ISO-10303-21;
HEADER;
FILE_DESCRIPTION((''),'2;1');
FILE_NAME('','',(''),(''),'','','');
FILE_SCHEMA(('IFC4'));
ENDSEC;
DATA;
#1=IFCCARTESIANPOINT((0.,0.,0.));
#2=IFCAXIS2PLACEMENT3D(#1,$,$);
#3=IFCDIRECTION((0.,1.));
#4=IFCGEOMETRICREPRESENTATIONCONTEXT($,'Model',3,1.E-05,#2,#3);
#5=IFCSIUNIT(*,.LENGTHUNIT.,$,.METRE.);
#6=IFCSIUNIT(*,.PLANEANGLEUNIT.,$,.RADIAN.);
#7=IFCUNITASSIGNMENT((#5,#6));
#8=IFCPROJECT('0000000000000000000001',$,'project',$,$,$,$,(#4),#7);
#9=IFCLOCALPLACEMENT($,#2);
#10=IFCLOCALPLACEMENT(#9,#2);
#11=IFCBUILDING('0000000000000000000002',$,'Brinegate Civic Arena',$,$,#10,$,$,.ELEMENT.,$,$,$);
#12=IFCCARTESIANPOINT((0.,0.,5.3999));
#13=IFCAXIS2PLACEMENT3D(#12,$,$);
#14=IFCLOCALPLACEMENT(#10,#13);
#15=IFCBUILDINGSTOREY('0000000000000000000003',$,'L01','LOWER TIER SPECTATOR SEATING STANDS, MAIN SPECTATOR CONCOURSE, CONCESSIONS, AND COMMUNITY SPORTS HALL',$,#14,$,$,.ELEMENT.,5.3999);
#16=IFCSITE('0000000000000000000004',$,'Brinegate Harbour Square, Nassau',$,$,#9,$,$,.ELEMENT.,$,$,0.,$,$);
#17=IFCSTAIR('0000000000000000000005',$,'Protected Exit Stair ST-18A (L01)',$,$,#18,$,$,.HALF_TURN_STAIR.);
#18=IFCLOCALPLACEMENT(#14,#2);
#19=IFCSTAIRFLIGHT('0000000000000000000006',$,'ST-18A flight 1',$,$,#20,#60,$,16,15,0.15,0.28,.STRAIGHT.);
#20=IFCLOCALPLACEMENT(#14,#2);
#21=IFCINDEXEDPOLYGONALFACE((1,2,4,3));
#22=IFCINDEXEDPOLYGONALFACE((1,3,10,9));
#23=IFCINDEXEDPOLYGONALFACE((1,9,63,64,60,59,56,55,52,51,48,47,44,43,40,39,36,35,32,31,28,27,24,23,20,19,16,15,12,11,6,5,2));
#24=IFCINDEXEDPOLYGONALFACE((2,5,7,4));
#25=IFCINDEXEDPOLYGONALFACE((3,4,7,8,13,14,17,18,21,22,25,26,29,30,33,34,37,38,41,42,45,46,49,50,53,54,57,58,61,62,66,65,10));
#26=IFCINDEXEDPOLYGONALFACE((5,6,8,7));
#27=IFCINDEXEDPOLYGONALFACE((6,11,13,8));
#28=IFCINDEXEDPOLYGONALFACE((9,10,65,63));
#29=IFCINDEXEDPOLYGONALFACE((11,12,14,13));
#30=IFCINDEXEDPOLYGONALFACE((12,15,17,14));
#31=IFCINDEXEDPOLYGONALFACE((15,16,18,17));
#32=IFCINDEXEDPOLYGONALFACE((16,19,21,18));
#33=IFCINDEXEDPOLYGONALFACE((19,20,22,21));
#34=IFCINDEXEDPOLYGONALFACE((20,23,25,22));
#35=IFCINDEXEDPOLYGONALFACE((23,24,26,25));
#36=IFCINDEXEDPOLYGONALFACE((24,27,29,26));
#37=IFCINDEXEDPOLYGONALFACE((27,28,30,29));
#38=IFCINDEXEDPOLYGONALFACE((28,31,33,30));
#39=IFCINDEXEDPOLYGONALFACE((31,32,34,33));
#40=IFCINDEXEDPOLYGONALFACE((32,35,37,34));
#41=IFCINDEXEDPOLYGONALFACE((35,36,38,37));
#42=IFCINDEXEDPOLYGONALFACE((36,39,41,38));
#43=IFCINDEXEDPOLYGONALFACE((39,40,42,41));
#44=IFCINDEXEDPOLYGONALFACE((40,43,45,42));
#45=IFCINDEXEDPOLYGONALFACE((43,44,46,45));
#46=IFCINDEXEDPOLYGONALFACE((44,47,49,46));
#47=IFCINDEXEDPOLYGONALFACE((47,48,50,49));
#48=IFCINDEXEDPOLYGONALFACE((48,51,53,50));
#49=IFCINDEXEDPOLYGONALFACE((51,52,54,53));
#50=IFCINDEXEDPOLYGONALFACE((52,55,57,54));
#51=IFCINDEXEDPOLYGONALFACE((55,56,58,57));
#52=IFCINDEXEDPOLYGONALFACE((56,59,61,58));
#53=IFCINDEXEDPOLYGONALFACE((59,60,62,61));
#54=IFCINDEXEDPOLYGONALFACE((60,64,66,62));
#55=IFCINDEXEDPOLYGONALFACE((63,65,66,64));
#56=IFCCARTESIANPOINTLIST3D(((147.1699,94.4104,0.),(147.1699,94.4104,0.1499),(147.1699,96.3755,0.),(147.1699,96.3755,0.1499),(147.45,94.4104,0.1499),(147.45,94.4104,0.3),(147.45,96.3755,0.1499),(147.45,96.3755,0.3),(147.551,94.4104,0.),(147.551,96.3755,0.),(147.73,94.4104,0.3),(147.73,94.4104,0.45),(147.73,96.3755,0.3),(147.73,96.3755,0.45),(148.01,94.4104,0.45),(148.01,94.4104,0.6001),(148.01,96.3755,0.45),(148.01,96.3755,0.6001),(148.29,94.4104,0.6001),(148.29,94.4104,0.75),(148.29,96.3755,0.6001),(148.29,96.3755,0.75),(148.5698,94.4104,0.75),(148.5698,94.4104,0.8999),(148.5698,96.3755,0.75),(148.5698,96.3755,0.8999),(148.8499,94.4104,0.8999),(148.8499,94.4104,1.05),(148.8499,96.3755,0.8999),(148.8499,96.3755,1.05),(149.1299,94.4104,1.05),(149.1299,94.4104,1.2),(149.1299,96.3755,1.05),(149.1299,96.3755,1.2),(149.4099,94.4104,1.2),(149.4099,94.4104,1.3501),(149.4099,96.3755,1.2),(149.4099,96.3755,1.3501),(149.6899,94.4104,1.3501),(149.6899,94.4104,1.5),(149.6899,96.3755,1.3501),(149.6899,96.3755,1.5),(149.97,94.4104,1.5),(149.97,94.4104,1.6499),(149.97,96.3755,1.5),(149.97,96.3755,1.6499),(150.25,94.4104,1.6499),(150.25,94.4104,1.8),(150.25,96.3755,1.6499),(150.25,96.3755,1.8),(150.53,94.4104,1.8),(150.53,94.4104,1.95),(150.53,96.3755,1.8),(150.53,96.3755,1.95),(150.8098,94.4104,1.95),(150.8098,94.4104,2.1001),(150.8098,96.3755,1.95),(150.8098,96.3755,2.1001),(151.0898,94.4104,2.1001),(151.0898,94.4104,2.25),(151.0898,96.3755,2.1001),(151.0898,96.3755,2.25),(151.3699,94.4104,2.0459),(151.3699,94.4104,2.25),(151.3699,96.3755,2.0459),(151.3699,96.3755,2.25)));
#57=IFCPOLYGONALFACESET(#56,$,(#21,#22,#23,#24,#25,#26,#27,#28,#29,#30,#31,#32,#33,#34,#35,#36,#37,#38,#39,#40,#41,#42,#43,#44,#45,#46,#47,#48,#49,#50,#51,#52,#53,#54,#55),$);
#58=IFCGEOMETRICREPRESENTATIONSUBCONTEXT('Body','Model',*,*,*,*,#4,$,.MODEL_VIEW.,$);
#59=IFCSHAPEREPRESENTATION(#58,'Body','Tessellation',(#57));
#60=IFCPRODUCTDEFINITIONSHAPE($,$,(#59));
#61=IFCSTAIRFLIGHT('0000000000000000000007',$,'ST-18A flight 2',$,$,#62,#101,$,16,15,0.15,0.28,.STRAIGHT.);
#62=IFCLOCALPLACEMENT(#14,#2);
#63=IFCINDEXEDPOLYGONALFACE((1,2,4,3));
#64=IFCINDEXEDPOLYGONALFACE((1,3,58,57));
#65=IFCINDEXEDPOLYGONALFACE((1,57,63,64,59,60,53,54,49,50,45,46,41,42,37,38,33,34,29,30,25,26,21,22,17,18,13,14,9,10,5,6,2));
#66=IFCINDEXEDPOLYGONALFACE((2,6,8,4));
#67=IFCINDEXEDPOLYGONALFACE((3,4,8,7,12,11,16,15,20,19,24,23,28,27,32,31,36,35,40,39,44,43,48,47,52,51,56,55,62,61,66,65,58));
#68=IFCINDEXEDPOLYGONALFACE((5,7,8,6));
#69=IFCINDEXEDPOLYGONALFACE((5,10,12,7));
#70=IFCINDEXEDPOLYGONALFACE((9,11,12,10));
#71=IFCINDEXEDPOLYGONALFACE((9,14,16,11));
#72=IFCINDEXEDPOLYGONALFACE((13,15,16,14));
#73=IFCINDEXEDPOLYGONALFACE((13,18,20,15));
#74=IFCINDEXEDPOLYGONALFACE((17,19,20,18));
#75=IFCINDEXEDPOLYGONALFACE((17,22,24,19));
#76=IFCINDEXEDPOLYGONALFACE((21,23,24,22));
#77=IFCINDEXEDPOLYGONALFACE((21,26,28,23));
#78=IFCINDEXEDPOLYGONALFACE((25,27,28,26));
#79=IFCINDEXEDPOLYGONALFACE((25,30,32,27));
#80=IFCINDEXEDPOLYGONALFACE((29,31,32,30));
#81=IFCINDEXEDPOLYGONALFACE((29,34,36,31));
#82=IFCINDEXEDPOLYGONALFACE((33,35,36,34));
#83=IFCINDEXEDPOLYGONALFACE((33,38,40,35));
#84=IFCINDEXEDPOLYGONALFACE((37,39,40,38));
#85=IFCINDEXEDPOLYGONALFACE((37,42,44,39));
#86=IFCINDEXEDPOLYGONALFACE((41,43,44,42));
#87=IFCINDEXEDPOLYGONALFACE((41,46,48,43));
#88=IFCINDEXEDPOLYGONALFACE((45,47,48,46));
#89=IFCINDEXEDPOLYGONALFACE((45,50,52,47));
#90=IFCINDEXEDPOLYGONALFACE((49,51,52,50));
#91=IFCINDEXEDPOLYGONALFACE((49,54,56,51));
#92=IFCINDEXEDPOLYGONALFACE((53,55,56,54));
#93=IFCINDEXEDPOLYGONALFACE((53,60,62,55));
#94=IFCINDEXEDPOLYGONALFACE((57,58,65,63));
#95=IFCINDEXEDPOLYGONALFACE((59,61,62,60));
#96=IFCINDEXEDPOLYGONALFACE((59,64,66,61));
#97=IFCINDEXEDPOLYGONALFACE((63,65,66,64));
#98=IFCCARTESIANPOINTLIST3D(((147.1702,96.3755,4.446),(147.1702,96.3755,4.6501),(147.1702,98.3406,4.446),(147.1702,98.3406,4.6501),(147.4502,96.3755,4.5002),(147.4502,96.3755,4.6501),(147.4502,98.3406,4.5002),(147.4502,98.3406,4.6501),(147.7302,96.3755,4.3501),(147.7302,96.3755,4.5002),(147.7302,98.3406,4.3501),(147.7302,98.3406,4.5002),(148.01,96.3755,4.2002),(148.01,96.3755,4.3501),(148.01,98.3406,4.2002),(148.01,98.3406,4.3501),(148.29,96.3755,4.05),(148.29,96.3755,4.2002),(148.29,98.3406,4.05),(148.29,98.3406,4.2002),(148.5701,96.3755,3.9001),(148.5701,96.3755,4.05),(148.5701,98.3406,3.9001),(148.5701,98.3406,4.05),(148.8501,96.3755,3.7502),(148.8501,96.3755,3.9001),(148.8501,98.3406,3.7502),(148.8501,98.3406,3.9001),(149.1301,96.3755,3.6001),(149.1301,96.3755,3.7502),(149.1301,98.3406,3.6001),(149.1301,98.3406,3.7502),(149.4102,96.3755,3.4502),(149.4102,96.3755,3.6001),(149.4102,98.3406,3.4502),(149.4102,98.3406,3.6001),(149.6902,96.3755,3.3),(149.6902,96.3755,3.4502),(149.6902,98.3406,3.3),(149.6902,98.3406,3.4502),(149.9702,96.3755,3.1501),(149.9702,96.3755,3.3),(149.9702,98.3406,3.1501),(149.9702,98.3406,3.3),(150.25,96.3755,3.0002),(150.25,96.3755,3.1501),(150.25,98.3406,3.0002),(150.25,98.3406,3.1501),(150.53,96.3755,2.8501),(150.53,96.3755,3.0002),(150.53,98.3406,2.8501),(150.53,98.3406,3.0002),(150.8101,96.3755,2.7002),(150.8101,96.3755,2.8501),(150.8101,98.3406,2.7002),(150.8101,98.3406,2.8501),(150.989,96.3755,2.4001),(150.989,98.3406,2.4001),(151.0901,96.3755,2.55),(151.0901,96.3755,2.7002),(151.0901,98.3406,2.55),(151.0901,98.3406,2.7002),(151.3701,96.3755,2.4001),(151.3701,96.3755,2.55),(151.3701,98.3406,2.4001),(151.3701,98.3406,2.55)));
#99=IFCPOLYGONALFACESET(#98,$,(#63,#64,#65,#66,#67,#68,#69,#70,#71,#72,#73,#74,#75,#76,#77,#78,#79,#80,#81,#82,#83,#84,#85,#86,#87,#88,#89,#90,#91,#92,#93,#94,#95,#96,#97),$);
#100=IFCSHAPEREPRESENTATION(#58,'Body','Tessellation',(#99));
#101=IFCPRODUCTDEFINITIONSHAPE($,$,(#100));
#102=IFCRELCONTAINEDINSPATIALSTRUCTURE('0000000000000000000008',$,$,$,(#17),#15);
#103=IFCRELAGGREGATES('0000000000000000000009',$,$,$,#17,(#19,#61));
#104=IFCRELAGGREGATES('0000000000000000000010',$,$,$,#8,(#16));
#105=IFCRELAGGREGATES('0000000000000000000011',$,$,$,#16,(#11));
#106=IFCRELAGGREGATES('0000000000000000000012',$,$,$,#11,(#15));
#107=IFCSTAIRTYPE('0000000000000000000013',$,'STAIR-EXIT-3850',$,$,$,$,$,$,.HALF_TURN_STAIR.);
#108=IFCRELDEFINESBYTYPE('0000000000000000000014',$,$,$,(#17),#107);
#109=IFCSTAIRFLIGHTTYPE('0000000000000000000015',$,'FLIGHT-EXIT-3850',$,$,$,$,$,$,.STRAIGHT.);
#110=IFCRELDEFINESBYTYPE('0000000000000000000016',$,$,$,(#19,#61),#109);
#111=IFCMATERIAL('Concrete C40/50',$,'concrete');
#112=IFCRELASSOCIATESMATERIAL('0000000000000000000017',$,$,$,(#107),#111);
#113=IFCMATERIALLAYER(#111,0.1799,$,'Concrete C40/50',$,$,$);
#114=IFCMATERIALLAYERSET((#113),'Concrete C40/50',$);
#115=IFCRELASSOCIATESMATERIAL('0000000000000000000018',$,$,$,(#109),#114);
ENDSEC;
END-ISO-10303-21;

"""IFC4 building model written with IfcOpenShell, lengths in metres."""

from ifc_helpers import new_model, si_unit, direction, frame, origin, place, context, subcontext, project, spatial, polyline, outline, extrude, material, layer, layer_set, type_object, element, aggregate, save


model = new_model("IFC4")

# Units and contexts
model_context = context("Model", 3, precision=1e-05, world=origin(), true_north=direction((0.0, 1.0)))
body_context = subcontext(model_context, "Body", "Model", "MODEL_VIEW")
ifc_project = project(units=[si_unit("LENGTHUNIT", "METRE"), si_unit("PLANEANGLEUNIT", "RADIAN")], contexts=[model_context])

# Site, building, storey
site_placement = place(None, origin())
site = spatial("IfcSite", under=ifc_project, at=site_placement, Name="Brinegate Harbour Square, Nassau", CompositionType="ELEMENT", RefElevation=0.0)
building_placement = place(site_placement, origin())
building = spatial("IfcBuilding", under=site, at=building_placement, Name="Brinegate Civic Arena", CompositionType="ELEMENT")
storey_placement = place(building_placement, frame((0.0, 0.0, 5.3999)))
storey = spatial("IfcBuildingStorey", under=building, at=storey_placement, Name="L01", Description="LOWER TIER SPECTATOR SEATING STANDS, MAIN SPECTATOR CONCOURSE, CONCESSIONS, AND COMMUNITY SPORTS HALL", CompositionType="ELEMENT", Elevation=5.3999)

# Stair, stair flights
ifc_material_1 = material(Name="Concrete C40/50", Category="concrete")
stair_type_1 = type_object("IfcStairType", Name="STAIR-EXIT-3850", PredefinedType="HALF_TURN_STAIR", material=ifc_material_1)
stair_1_placement = place(storey_placement, origin())
stair_1 = element("IfcStair", 1, at=stair_1_placement, inside=storey, type_object=stair_type_1, Name="Protected Exit Stair ST-18A (L01)", PredefinedType="HALF_TURN_STAIR")
ifc_layer_1 = layer(ifc_material_1, 0.1799, Name="Concrete C40/50")
ifc_layer_set_1 = layer_set([ifc_layer_1], Name="Concrete C40/50")
stair_flight_type_1 = type_object("IfcStairFlightType", Name="FLIGHT-EXIT-3850", PredefinedType="STRAIGHT", material=ifc_layer_set_1)
stair_flight_1_placement = place(storey_placement, frame((147.1699, 95.3931, 0.0), z_axis=(0.0, 0.0, 1.0), x_axis=(1.0, 0.0, 0.0)))
stair_flight_1 = element("IfcStairFlight", 2, at=stair_flight_1_placement, type_object=stair_flight_type_1, Name="ST-18A flight 1", NumberOfRisers=16, NumberOfTreads=15, PredefinedType="STRAIGHT", RiserHeight=0.15, TreadLength=0.28, context=body_context, shape_type="SweptSolid", body=[
    extrude(outline(polyline([(0.0, 0.0), (0.0, 0.1499), (0.28, 0.1499), (0.28, 0.3), (0.5601, 0.3), (0.5601, 0.45), (0.8401, 0.45), (0.8401, 0.6001), (1.1201, 0.6001), (1.1201, 0.75), (1.3999, 0.75), (1.3999, 0.8999), (1.6799, 0.8999), (1.6799, 1.05), (1.96, 1.05), (1.96, 1.2), (2.24, 1.2), (2.24, 1.3501), (2.52, 1.3501), (2.52, 1.5), (2.8, 1.5), (2.8, 1.6499), (3.0801, 1.6499), (3.0801, 1.8), (3.3601, 1.8), (3.3601, 1.95), (3.6399, 1.95), (3.6399, 2.1001), (3.9199, 2.1001), (3.9199, 2.25), (4.2, 2.25), (4.2, 2.3999), (4.2, 2.0459), (0.3811, 0.0), (0.0, 0.0)])), frame((0.0, 0.9824, 0.0), z_axis=(0.0, -1.0, 0.0), x_axis=(1.0, 0.0, 0.0)), (0.0, 0.0, 1.0), 1.9651),
])
stair_flight_2_placement = place(storey_placement, frame((151.3701, 97.3579, 2.4001), z_axis=(0.0, 0.0, 1.0), x_axis=(-1.0, 0.0, 0.0)))
stair_flight_2 = element("IfcStairFlight", 3, at=stair_flight_2_placement, type_object=stair_flight_type_1, Name="ST-18A flight 2", NumberOfRisers=16, NumberOfTreads=15, PredefinedType="STRAIGHT", RiserHeight=0.15, TreadLength=0.28, context=body_context, shape_type="SweptSolid", body=[
    extrude(outline(polyline([(0.0, 0.0), (0.0, 0.1499), (0.28, 0.1499), (0.28, 0.3), (0.5601, 0.3), (0.5601, 0.45), (0.8401, 0.45), (0.8401, 0.6001), (1.1201, 0.6001), (1.1201, 0.75), (1.3999, 0.75), (1.3999, 0.8999), (1.6799, 0.8999), (1.6799, 1.05), (1.96, 1.05), (1.96, 1.2), (2.24, 1.2), (2.24, 1.3501), (2.52, 1.3501), (2.52, 1.5), (2.8, 1.5), (2.8, 1.6499), (3.0801, 1.6499), (3.0801, 1.8), (3.3601, 1.8), (3.3601, 1.95), (3.6399, 1.95), (3.6399, 2.1001), (3.9199, 2.1001), (3.9199, 2.25), (4.2, 2.25), (4.2, 2.3999), (4.2, 2.0459), (0.3811, 0.0), (0.0, 0.0)])), frame((0.0, 0.9824, 0.0), z_axis=(0.0, -1.0, 0.0), x_axis=(1.0, 0.0, 0.0)), (0.0, 0.0, 1.0), 1.9651),
])
aggregate(stair_1, [stair_flight_1, stair_flight_2])

save(model, "model.ifc")
